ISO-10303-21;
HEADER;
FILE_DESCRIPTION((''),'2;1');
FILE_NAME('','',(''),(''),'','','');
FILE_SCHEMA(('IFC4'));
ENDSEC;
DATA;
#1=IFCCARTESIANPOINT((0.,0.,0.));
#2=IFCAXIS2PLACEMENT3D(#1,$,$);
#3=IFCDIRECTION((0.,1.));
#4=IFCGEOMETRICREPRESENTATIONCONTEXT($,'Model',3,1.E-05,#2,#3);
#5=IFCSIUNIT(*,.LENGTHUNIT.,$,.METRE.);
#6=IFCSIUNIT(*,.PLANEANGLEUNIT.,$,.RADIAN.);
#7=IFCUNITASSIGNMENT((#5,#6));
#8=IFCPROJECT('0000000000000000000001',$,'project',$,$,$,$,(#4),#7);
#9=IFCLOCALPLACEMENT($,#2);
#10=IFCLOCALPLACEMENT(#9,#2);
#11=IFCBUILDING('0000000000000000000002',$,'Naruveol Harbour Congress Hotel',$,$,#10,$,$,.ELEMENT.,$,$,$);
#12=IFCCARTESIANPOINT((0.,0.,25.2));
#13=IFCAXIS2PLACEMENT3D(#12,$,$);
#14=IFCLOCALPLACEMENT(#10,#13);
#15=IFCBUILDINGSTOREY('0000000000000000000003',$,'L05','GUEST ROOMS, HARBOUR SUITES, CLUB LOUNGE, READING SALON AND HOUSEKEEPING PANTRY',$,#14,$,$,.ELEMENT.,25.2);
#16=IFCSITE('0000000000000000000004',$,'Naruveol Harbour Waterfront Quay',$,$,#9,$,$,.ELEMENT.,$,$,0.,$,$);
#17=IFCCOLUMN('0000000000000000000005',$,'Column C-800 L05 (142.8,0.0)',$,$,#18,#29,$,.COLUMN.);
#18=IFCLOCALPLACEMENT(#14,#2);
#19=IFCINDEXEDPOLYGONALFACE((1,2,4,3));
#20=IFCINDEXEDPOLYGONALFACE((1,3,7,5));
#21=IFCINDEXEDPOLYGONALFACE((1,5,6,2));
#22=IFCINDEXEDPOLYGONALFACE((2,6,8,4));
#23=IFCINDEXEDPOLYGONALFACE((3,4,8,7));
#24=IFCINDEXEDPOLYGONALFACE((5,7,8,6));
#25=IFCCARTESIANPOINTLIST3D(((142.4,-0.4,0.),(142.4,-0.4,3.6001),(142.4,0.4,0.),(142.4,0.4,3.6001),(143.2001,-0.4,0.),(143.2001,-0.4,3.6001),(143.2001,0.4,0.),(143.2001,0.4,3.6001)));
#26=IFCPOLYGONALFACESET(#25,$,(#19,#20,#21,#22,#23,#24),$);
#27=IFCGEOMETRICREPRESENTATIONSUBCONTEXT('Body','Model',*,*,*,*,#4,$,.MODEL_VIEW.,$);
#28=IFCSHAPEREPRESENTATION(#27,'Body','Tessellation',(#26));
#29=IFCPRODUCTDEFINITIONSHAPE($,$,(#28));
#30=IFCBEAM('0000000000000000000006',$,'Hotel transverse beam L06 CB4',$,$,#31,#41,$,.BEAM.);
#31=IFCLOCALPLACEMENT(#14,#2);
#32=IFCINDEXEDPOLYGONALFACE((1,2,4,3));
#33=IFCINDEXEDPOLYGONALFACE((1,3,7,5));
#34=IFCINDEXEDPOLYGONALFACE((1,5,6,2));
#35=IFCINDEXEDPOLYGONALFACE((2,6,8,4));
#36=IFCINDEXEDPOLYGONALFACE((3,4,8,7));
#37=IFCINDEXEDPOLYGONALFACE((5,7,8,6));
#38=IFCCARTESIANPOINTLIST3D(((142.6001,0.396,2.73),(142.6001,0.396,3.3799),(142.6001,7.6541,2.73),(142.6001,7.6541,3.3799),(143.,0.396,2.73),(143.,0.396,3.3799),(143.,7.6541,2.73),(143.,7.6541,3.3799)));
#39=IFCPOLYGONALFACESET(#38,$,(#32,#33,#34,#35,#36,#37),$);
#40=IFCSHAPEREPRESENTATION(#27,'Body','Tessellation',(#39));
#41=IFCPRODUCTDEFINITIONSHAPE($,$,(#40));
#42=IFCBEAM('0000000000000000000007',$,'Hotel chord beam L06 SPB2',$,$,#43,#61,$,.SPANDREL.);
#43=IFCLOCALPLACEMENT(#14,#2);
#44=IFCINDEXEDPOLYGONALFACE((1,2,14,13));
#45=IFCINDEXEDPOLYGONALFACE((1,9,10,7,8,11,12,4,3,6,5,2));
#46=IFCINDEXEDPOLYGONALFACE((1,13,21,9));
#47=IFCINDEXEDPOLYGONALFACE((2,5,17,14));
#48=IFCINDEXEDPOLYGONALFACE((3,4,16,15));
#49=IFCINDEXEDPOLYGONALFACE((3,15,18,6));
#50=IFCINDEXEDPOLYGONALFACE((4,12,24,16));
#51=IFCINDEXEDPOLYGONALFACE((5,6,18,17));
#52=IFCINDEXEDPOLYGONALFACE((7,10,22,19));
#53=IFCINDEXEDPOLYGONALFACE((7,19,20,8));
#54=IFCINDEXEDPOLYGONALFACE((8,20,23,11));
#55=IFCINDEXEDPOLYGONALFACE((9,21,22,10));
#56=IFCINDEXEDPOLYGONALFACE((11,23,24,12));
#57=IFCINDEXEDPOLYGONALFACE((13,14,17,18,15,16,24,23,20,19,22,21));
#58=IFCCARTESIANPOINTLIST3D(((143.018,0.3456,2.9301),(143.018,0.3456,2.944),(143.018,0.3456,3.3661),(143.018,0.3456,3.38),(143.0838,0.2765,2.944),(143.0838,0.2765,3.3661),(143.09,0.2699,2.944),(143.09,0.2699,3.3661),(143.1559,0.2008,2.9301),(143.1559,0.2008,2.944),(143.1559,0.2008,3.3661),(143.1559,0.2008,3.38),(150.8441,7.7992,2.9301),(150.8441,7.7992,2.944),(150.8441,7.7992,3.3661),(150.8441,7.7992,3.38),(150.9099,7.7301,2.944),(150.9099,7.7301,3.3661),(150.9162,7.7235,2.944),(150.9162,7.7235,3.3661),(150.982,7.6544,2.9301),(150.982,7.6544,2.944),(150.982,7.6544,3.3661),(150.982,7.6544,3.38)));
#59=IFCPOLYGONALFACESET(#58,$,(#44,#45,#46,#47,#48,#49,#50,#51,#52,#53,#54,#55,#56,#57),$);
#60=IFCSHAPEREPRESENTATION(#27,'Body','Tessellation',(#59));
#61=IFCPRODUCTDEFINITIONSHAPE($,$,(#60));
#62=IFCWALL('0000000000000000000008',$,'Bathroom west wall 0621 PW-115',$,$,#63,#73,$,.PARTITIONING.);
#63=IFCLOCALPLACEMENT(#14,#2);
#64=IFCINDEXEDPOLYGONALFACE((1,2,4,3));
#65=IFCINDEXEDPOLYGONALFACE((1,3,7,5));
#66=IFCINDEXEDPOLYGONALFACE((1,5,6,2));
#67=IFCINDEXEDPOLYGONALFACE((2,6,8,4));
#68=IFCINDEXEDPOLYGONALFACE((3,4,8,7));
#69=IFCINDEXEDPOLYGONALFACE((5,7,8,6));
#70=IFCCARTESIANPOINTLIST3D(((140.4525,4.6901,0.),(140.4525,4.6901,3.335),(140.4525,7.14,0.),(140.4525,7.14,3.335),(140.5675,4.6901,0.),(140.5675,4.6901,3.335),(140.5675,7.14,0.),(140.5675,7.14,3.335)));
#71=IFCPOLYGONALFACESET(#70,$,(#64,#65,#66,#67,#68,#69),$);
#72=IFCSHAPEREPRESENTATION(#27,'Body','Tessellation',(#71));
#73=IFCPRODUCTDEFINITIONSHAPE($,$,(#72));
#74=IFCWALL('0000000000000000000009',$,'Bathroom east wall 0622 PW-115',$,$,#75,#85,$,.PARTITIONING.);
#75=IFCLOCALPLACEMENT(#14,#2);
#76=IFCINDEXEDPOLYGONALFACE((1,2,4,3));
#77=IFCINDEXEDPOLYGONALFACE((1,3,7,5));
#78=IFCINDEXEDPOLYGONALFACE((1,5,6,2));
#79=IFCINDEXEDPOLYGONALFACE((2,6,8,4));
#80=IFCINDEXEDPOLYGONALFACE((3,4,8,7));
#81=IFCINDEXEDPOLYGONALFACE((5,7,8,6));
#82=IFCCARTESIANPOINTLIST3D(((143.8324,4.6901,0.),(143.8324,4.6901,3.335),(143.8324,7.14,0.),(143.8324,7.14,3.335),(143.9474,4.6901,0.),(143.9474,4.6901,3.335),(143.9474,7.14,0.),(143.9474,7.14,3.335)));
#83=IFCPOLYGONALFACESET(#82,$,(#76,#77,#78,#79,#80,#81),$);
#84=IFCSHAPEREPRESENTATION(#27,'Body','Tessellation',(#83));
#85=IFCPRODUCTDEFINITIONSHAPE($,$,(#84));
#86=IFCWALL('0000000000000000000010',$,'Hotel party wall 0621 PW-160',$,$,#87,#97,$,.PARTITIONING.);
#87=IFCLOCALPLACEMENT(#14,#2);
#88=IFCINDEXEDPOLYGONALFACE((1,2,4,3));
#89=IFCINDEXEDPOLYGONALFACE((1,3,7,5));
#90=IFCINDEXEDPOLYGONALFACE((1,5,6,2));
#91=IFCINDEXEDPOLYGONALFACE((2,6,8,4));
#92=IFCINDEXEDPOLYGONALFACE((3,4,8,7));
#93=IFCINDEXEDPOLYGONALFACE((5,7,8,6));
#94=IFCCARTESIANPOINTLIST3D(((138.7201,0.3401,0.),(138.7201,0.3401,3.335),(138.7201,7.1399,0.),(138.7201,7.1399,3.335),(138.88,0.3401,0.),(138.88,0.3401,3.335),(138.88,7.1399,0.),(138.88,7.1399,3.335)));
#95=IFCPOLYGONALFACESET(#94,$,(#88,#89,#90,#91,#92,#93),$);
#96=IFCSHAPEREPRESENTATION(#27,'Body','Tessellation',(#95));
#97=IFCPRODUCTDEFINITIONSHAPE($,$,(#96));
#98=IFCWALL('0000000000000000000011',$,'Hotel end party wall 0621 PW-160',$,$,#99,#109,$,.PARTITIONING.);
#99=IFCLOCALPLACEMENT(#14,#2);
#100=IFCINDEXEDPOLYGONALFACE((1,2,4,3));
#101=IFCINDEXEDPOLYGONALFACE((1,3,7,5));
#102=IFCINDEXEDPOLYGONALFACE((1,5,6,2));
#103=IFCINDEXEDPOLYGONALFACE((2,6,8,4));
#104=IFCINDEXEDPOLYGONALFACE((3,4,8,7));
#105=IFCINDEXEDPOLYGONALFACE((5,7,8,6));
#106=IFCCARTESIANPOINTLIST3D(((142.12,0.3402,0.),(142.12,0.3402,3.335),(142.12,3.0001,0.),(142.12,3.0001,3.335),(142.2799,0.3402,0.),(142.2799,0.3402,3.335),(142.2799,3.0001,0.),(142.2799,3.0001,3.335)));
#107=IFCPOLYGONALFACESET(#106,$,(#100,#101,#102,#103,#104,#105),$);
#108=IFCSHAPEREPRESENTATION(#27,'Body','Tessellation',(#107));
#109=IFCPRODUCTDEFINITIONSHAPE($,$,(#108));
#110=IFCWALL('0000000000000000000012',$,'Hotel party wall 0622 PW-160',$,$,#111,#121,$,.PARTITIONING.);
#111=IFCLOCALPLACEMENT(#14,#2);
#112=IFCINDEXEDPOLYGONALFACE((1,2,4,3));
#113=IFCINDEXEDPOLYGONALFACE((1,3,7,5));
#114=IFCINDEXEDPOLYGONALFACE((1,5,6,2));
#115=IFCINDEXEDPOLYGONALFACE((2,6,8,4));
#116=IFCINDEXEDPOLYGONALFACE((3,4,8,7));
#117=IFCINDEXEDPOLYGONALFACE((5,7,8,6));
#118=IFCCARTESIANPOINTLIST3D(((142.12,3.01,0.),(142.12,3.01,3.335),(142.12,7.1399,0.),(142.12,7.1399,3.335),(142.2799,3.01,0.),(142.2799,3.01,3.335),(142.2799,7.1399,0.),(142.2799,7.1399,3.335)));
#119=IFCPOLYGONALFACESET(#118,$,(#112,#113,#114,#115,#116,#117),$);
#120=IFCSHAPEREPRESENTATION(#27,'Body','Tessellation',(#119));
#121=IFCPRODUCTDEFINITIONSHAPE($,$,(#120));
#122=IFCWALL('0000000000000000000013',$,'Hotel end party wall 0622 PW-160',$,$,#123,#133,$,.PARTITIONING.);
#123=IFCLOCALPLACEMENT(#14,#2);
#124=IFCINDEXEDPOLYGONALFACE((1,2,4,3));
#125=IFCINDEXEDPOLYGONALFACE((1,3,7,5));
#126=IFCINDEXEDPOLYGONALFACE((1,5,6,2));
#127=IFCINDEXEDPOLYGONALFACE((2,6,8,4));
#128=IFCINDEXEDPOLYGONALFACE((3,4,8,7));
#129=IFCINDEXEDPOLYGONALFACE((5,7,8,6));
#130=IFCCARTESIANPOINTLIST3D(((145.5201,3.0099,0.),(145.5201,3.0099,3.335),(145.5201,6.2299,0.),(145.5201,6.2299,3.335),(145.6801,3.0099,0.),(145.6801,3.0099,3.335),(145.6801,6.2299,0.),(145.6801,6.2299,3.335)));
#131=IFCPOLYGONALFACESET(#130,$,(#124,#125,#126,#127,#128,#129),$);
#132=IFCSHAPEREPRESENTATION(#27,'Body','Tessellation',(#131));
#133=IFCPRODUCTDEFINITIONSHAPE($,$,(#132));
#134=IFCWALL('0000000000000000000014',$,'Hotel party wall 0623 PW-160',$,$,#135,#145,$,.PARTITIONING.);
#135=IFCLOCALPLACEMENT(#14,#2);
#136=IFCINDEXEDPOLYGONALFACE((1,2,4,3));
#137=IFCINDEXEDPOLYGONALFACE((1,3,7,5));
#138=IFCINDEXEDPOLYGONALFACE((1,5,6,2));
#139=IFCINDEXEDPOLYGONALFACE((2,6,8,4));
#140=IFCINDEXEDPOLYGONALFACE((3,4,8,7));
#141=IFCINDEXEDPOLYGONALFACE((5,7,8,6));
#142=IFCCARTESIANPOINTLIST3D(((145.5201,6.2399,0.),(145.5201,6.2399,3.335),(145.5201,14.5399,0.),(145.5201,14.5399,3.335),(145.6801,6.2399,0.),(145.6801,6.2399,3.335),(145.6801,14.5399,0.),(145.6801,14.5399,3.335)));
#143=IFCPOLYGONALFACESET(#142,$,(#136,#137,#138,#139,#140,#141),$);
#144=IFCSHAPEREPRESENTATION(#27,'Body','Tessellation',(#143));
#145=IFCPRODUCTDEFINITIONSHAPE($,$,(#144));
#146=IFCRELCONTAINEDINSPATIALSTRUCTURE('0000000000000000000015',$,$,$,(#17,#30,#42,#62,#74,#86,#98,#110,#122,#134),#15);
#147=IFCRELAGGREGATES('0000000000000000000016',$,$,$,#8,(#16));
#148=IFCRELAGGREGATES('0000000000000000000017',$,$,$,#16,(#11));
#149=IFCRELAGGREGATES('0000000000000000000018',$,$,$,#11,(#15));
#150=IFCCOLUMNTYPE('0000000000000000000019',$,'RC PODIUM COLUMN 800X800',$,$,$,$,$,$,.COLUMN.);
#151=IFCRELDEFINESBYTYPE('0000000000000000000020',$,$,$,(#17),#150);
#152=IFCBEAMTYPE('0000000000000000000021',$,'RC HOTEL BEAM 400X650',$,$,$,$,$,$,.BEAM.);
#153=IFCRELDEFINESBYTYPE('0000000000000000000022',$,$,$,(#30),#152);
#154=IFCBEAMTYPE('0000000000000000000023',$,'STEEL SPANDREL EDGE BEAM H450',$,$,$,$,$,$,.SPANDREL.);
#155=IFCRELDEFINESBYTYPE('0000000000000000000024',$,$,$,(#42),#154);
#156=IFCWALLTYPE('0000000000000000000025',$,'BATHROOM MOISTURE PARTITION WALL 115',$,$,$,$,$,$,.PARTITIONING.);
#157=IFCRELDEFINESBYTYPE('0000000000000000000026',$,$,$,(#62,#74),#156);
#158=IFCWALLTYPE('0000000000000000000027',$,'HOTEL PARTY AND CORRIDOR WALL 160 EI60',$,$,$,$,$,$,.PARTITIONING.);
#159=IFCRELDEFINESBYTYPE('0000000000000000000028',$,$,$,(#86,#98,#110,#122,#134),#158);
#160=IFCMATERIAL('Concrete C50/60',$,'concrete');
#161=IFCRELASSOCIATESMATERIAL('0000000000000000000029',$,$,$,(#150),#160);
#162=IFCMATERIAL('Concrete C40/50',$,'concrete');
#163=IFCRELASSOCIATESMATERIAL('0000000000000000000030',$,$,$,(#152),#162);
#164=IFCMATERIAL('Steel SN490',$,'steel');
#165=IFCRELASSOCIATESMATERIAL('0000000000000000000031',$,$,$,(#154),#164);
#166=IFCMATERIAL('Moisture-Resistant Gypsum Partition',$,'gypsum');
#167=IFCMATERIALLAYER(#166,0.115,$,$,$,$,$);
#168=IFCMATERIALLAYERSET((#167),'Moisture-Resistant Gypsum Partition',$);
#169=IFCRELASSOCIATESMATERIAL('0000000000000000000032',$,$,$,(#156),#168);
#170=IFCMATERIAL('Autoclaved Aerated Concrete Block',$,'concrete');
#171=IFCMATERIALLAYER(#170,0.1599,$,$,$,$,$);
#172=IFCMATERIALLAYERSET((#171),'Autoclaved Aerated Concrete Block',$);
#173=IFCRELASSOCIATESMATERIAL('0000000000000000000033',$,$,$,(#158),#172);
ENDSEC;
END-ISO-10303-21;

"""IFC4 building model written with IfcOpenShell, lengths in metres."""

from ifc_helpers import new_model, si_unit, direction, frame, frame_2d, origin, origin_2d, place, context, subcontext, project, spatial, rectangle, i_section, extrude, material, layer, layer_set, material_profile, profile_set, type_object, element, save


model = new_model("IFC4")

# Units and contexts
model_context = context("Model", 3, precision=1e-05, world=origin(), true_north=direction((0.0, 1.0)))
body_context = subcontext(model_context, "Body", "Model", "MODEL_VIEW")
ifc_project = project(units=[si_unit("LENGTHUNIT", "METRE"), si_unit("PLANEANGLEUNIT", "RADIAN")], contexts=[model_context])

# Site, building, storey
site_placement = place(None, origin())
site = spatial("IfcSite", under=ifc_project, at=site_placement, Name="Naruveol Harbour Waterfront Quay", CompositionType="ELEMENT", RefElevation=0.0)
building_placement = place(site_placement, origin())
building = spatial("IfcBuilding", under=site, at=building_placement, Name="Naruveol Harbour Congress Hotel", CompositionType="ELEMENT")
storey_placement = place(building_placement, frame((0.0, 0.0, 25.2)))
storey = spatial("IfcBuildingStorey", under=building, at=storey_placement, Name="L05", Description="GUEST ROOMS, HARBOUR SUITES, CLUB LOUNGE, READING SALON AND HOUSEKEEPING PANTRY", CompositionType="ELEMENT", Elevation=25.2)

# Column
ifc_material_1 = material(Name="Concrete C50/60", Category="concrete")
ifc_material_profile_1 = material_profile(ifc_material_1, rectangle(XDim=0.8, YDim=0.8, at=origin_2d()), Name="RC-800x800")
ifc_profile_set_1 = profile_set([ifc_material_profile_1], Name="Concrete C50/60")
column_type = type_object("IfcColumnType", Name="RC PODIUM COLUMN 800X800", PredefinedType="COLUMN", material=ifc_profile_set_1)
column_placement = place(storey_placement, frame((142.8, 0.0, 0.0), z_axis=(0.0, 0.0, 1.0), x_axis=(1.0, 0.0, 0.0)))
element("IfcColumn", 1, at=column_placement, inside=storey, type_object=column_type, Name="Column C-800 L05 (142.8,0.0)", PredefinedType="COLUMN", context=body_context, shape_type="SweptSolid", body=[
    extrude(rectangle(XDim=0.8, YDim=0.8, at=origin_2d()), origin(), (0.0, 0.0, 1.0), 3.6001),
])

# Beams
ifc_material_2 = material(Name="Concrete C40/50", Category="concrete")
ifc_material_profile_2 = material_profile(ifc_material_2, rectangle(XDim=0.3999, YDim=0.6499, at=origin_2d()), Name="RCB-400x650")
ifc_profile_set_2 = profile_set([ifc_material_profile_2], Name="Concrete C40/50")
beam_type_1 = type_object("IfcBeamType", Name="RC HOTEL BEAM 400X650", PredefinedType="BEAM", material=ifc_profile_set_2)
beam_1_placement = place(storey_placement, frame((142.8, 0.396, 3.0549), z_axis=(0.0, 1.0, 0.0), x_axis=(-1.0, 0.0, 0.0)))
element("IfcBeam", 2, at=beam_1_placement, inside=storey, type_object=beam_type_1, Name="Hotel transverse beam L06 CB4", PredefinedType="BEAM", context=body_context, shape_type="SweptSolid", body=[
    extrude(rectangle(XDim=0.3999, YDim=0.6499, at=origin_2d()), origin(), (0.0, 0.0, 1.0), 7.2581),
])
ifc_material_3 = material(Name="Steel SN490", Category="steel")
ifc_material_profile_3 = material_profile(ifc_material_3, i_section(OverallWidth=0.2, OverallDepth=0.45, WebThickness=0.009, FlangeThickness=0.0139, at=origin_2d()), Name="H-450x200x9x14")
ifc_profile_set_3 = profile_set([ifc_material_profile_3], Name="Steel SN490")
beam_type_2 = type_object("IfcBeamType", Name="STEEL SPANDREL EDGE BEAM H450", PredefinedType="SPANDREL", material=ifc_profile_set_3)
beam_2_placement = place(storey_placement, frame((143.0869, 0.2732, 3.155), z_axis=(0.724133, 0.689661, 0.0), x_axis=(-0.689661, 0.724133, 0.0)))
element("IfcBeam", 3, at=beam_2_placement, inside=storey, type_object=beam_type_2, Name="Hotel chord beam L06 SPB2", PredefinedType="SPANDREL", context=body_context, shape_type="SweptSolid", body=[
    extrude(i_section(OverallWidth=0.2, OverallDepth=0.45, WebThickness=0.009, FlangeThickness=0.0139, at=origin_2d()), origin(), (0.0, 0.0, 1.0), 10.8076),
])

# Wall
ifc_material_4 = material(Name="Moisture-Resistant Gypsum Partition", Category="gypsum")
ifc_layer_1 = layer(ifc_material_4, 0.115)
ifc_layer_set_1 = layer_set([ifc_layer_1], Name="Moisture-Resistant Gypsum Partition")
wall_type_1 = type_object("IfcWallType", Name="BATHROOM MOISTURE PARTITION WALL 115", PredefinedType="PARTITIONING", material=ifc_layer_set_1)
wall_1_placement = place(storey_placement, frame((140.51, 4.6899, 0.0), z_axis=(0.0, 0.0, 1.0), x_axis=(0.0, 1.0, 0.0)))
element("IfcWall", 4, at=wall_1_placement, inside=storey, type_object=wall_type_1, Name="Bathroom west wall 0621 PW-115", PredefinedType="PARTITIONING", context=body_context, shape_type="SweptSolid", body=[
    extrude(rectangle(XDim=2.45, YDim=0.115, at=frame_2d((1.2251, 0.0))), origin(), (0.0, 0.0, 1.0), 3.335),
])

# Wall
wall_2_placement = place(storey_placement, frame((143.8899, 4.6899, 0.0), z_axis=(0.0, 0.0, 1.0), x_axis=(0.0, 1.0, 0.0)))
element("IfcWall", 5, at=wall_2_placement, inside=storey, type_object=wall_type_1, Name="Bathroom east wall 0622 PW-115", PredefinedType="PARTITIONING", context=body_context, shape_type="SweptSolid", body=[
    extrude(rectangle(XDim=2.45, YDim=0.115, at=frame_2d((1.2251, 0.0))), origin(), (0.0, 0.0, 1.0), 3.335),
])

# Walls
ifc_material_5 = material(Name="Autoclaved Aerated Concrete Block", Category="concrete")
ifc_layer_2 = layer(ifc_material_5, 0.1599)
ifc_layer_set_2 = layer_set([ifc_layer_2], Name="Autoclaved Aerated Concrete Block")
wall_type_2 = type_object("IfcWallType", Name="HOTEL PARTY AND CORRIDOR WALL 160 EI60", PredefinedType="PARTITIONING", material=ifc_layer_set_2)
wall_3_placement = place(storey_placement, frame((138.8, 0.3401, 0.0), z_axis=(0.0, 0.0, 1.0), x_axis=(0.0, 1.0, 0.0)))
element("IfcWall", 6, at=wall_3_placement, inside=storey, type_object=wall_type_2, Name="Hotel party wall 0621 PW-160", PredefinedType="PARTITIONING", context=body_context, shape_type="SweptSolid", body=[
    extrude(rectangle(XDim=6.7998, YDim=0.1599, at=frame_2d((3.3999, 0.0))), origin(), (0.0, 0.0, 1.0), 3.335),
])
wall_4_placement = place(storey_placement, frame((142.2, 0.3401, 0.0), z_axis=(0.0, 0.0, 1.0), x_axis=(0.0, 1.0, 0.0)))
element("IfcWall", 7, at=wall_4_placement, inside=storey, type_object=wall_type_2, Name="Hotel end party wall 0621 PW-160", PredefinedType="PARTITIONING", context=body_context, shape_type="SweptSolid", body=[
    extrude(rectangle(XDim=2.6599, YDim=0.1599, at=frame_2d((1.3301, 0.0))), origin(), (0.0, 0.0, 1.0), 3.335),
])
wall_5_placement = place(storey_placement, frame((142.2, 3.01, 0.0), z_axis=(0.0, 0.0, 1.0), x_axis=(0.0, 1.0, 0.0)))
element("IfcWall", 8, at=wall_5_placement, inside=storey, type_object=wall_type_2, Name="Hotel party wall 0622 PW-160", PredefinedType="PARTITIONING", context=body_context, shape_type="SweptSolid", body=[
    extrude(rectangle(XDim=4.1299, YDim=0.1599, at=frame_2d((2.0649, 0.0))), origin(), (0.0, 0.0, 1.0), 3.335),
])
wall_6_placement = place(storey_placement, frame((145.6001, 3.01, 0.0), z_axis=(0.0, 0.0, 1.0), x_axis=(0.0, 1.0, 0.0)))
element("IfcWall", 9, at=wall_6_placement, inside=storey, type_object=wall_type_2, Name="Hotel end party wall 0622 PW-160", PredefinedType="PARTITIONING", context=body_context, shape_type="SweptSolid", body=[
    extrude(rectangle(XDim=3.22, YDim=0.1599, at=frame_2d((1.6099, 0.0))), origin(), (0.0, 0.0, 1.0), 3.335),
])
wall_7_placement = place(storey_placement, frame((145.6001, 6.24, 0.0), z_axis=(0.0, 0.0, 1.0), x_axis=(0.0, 1.0, 0.0)))
element("IfcWall", 10, at=wall_7_placement, inside=storey, type_object=wall_type_2, Name="Hotel party wall 0623 PW-160", PredefinedType="PARTITIONING", context=body_context, shape_type="SweptSolid", body=[
    extrude(rectangle(XDim=8.3, YDim=0.1599, at=frame_2d((4.1499, 0.0))), origin(), (0.0, 0.0, 1.0), 3.335),
])

save(model, "model.ifc")
